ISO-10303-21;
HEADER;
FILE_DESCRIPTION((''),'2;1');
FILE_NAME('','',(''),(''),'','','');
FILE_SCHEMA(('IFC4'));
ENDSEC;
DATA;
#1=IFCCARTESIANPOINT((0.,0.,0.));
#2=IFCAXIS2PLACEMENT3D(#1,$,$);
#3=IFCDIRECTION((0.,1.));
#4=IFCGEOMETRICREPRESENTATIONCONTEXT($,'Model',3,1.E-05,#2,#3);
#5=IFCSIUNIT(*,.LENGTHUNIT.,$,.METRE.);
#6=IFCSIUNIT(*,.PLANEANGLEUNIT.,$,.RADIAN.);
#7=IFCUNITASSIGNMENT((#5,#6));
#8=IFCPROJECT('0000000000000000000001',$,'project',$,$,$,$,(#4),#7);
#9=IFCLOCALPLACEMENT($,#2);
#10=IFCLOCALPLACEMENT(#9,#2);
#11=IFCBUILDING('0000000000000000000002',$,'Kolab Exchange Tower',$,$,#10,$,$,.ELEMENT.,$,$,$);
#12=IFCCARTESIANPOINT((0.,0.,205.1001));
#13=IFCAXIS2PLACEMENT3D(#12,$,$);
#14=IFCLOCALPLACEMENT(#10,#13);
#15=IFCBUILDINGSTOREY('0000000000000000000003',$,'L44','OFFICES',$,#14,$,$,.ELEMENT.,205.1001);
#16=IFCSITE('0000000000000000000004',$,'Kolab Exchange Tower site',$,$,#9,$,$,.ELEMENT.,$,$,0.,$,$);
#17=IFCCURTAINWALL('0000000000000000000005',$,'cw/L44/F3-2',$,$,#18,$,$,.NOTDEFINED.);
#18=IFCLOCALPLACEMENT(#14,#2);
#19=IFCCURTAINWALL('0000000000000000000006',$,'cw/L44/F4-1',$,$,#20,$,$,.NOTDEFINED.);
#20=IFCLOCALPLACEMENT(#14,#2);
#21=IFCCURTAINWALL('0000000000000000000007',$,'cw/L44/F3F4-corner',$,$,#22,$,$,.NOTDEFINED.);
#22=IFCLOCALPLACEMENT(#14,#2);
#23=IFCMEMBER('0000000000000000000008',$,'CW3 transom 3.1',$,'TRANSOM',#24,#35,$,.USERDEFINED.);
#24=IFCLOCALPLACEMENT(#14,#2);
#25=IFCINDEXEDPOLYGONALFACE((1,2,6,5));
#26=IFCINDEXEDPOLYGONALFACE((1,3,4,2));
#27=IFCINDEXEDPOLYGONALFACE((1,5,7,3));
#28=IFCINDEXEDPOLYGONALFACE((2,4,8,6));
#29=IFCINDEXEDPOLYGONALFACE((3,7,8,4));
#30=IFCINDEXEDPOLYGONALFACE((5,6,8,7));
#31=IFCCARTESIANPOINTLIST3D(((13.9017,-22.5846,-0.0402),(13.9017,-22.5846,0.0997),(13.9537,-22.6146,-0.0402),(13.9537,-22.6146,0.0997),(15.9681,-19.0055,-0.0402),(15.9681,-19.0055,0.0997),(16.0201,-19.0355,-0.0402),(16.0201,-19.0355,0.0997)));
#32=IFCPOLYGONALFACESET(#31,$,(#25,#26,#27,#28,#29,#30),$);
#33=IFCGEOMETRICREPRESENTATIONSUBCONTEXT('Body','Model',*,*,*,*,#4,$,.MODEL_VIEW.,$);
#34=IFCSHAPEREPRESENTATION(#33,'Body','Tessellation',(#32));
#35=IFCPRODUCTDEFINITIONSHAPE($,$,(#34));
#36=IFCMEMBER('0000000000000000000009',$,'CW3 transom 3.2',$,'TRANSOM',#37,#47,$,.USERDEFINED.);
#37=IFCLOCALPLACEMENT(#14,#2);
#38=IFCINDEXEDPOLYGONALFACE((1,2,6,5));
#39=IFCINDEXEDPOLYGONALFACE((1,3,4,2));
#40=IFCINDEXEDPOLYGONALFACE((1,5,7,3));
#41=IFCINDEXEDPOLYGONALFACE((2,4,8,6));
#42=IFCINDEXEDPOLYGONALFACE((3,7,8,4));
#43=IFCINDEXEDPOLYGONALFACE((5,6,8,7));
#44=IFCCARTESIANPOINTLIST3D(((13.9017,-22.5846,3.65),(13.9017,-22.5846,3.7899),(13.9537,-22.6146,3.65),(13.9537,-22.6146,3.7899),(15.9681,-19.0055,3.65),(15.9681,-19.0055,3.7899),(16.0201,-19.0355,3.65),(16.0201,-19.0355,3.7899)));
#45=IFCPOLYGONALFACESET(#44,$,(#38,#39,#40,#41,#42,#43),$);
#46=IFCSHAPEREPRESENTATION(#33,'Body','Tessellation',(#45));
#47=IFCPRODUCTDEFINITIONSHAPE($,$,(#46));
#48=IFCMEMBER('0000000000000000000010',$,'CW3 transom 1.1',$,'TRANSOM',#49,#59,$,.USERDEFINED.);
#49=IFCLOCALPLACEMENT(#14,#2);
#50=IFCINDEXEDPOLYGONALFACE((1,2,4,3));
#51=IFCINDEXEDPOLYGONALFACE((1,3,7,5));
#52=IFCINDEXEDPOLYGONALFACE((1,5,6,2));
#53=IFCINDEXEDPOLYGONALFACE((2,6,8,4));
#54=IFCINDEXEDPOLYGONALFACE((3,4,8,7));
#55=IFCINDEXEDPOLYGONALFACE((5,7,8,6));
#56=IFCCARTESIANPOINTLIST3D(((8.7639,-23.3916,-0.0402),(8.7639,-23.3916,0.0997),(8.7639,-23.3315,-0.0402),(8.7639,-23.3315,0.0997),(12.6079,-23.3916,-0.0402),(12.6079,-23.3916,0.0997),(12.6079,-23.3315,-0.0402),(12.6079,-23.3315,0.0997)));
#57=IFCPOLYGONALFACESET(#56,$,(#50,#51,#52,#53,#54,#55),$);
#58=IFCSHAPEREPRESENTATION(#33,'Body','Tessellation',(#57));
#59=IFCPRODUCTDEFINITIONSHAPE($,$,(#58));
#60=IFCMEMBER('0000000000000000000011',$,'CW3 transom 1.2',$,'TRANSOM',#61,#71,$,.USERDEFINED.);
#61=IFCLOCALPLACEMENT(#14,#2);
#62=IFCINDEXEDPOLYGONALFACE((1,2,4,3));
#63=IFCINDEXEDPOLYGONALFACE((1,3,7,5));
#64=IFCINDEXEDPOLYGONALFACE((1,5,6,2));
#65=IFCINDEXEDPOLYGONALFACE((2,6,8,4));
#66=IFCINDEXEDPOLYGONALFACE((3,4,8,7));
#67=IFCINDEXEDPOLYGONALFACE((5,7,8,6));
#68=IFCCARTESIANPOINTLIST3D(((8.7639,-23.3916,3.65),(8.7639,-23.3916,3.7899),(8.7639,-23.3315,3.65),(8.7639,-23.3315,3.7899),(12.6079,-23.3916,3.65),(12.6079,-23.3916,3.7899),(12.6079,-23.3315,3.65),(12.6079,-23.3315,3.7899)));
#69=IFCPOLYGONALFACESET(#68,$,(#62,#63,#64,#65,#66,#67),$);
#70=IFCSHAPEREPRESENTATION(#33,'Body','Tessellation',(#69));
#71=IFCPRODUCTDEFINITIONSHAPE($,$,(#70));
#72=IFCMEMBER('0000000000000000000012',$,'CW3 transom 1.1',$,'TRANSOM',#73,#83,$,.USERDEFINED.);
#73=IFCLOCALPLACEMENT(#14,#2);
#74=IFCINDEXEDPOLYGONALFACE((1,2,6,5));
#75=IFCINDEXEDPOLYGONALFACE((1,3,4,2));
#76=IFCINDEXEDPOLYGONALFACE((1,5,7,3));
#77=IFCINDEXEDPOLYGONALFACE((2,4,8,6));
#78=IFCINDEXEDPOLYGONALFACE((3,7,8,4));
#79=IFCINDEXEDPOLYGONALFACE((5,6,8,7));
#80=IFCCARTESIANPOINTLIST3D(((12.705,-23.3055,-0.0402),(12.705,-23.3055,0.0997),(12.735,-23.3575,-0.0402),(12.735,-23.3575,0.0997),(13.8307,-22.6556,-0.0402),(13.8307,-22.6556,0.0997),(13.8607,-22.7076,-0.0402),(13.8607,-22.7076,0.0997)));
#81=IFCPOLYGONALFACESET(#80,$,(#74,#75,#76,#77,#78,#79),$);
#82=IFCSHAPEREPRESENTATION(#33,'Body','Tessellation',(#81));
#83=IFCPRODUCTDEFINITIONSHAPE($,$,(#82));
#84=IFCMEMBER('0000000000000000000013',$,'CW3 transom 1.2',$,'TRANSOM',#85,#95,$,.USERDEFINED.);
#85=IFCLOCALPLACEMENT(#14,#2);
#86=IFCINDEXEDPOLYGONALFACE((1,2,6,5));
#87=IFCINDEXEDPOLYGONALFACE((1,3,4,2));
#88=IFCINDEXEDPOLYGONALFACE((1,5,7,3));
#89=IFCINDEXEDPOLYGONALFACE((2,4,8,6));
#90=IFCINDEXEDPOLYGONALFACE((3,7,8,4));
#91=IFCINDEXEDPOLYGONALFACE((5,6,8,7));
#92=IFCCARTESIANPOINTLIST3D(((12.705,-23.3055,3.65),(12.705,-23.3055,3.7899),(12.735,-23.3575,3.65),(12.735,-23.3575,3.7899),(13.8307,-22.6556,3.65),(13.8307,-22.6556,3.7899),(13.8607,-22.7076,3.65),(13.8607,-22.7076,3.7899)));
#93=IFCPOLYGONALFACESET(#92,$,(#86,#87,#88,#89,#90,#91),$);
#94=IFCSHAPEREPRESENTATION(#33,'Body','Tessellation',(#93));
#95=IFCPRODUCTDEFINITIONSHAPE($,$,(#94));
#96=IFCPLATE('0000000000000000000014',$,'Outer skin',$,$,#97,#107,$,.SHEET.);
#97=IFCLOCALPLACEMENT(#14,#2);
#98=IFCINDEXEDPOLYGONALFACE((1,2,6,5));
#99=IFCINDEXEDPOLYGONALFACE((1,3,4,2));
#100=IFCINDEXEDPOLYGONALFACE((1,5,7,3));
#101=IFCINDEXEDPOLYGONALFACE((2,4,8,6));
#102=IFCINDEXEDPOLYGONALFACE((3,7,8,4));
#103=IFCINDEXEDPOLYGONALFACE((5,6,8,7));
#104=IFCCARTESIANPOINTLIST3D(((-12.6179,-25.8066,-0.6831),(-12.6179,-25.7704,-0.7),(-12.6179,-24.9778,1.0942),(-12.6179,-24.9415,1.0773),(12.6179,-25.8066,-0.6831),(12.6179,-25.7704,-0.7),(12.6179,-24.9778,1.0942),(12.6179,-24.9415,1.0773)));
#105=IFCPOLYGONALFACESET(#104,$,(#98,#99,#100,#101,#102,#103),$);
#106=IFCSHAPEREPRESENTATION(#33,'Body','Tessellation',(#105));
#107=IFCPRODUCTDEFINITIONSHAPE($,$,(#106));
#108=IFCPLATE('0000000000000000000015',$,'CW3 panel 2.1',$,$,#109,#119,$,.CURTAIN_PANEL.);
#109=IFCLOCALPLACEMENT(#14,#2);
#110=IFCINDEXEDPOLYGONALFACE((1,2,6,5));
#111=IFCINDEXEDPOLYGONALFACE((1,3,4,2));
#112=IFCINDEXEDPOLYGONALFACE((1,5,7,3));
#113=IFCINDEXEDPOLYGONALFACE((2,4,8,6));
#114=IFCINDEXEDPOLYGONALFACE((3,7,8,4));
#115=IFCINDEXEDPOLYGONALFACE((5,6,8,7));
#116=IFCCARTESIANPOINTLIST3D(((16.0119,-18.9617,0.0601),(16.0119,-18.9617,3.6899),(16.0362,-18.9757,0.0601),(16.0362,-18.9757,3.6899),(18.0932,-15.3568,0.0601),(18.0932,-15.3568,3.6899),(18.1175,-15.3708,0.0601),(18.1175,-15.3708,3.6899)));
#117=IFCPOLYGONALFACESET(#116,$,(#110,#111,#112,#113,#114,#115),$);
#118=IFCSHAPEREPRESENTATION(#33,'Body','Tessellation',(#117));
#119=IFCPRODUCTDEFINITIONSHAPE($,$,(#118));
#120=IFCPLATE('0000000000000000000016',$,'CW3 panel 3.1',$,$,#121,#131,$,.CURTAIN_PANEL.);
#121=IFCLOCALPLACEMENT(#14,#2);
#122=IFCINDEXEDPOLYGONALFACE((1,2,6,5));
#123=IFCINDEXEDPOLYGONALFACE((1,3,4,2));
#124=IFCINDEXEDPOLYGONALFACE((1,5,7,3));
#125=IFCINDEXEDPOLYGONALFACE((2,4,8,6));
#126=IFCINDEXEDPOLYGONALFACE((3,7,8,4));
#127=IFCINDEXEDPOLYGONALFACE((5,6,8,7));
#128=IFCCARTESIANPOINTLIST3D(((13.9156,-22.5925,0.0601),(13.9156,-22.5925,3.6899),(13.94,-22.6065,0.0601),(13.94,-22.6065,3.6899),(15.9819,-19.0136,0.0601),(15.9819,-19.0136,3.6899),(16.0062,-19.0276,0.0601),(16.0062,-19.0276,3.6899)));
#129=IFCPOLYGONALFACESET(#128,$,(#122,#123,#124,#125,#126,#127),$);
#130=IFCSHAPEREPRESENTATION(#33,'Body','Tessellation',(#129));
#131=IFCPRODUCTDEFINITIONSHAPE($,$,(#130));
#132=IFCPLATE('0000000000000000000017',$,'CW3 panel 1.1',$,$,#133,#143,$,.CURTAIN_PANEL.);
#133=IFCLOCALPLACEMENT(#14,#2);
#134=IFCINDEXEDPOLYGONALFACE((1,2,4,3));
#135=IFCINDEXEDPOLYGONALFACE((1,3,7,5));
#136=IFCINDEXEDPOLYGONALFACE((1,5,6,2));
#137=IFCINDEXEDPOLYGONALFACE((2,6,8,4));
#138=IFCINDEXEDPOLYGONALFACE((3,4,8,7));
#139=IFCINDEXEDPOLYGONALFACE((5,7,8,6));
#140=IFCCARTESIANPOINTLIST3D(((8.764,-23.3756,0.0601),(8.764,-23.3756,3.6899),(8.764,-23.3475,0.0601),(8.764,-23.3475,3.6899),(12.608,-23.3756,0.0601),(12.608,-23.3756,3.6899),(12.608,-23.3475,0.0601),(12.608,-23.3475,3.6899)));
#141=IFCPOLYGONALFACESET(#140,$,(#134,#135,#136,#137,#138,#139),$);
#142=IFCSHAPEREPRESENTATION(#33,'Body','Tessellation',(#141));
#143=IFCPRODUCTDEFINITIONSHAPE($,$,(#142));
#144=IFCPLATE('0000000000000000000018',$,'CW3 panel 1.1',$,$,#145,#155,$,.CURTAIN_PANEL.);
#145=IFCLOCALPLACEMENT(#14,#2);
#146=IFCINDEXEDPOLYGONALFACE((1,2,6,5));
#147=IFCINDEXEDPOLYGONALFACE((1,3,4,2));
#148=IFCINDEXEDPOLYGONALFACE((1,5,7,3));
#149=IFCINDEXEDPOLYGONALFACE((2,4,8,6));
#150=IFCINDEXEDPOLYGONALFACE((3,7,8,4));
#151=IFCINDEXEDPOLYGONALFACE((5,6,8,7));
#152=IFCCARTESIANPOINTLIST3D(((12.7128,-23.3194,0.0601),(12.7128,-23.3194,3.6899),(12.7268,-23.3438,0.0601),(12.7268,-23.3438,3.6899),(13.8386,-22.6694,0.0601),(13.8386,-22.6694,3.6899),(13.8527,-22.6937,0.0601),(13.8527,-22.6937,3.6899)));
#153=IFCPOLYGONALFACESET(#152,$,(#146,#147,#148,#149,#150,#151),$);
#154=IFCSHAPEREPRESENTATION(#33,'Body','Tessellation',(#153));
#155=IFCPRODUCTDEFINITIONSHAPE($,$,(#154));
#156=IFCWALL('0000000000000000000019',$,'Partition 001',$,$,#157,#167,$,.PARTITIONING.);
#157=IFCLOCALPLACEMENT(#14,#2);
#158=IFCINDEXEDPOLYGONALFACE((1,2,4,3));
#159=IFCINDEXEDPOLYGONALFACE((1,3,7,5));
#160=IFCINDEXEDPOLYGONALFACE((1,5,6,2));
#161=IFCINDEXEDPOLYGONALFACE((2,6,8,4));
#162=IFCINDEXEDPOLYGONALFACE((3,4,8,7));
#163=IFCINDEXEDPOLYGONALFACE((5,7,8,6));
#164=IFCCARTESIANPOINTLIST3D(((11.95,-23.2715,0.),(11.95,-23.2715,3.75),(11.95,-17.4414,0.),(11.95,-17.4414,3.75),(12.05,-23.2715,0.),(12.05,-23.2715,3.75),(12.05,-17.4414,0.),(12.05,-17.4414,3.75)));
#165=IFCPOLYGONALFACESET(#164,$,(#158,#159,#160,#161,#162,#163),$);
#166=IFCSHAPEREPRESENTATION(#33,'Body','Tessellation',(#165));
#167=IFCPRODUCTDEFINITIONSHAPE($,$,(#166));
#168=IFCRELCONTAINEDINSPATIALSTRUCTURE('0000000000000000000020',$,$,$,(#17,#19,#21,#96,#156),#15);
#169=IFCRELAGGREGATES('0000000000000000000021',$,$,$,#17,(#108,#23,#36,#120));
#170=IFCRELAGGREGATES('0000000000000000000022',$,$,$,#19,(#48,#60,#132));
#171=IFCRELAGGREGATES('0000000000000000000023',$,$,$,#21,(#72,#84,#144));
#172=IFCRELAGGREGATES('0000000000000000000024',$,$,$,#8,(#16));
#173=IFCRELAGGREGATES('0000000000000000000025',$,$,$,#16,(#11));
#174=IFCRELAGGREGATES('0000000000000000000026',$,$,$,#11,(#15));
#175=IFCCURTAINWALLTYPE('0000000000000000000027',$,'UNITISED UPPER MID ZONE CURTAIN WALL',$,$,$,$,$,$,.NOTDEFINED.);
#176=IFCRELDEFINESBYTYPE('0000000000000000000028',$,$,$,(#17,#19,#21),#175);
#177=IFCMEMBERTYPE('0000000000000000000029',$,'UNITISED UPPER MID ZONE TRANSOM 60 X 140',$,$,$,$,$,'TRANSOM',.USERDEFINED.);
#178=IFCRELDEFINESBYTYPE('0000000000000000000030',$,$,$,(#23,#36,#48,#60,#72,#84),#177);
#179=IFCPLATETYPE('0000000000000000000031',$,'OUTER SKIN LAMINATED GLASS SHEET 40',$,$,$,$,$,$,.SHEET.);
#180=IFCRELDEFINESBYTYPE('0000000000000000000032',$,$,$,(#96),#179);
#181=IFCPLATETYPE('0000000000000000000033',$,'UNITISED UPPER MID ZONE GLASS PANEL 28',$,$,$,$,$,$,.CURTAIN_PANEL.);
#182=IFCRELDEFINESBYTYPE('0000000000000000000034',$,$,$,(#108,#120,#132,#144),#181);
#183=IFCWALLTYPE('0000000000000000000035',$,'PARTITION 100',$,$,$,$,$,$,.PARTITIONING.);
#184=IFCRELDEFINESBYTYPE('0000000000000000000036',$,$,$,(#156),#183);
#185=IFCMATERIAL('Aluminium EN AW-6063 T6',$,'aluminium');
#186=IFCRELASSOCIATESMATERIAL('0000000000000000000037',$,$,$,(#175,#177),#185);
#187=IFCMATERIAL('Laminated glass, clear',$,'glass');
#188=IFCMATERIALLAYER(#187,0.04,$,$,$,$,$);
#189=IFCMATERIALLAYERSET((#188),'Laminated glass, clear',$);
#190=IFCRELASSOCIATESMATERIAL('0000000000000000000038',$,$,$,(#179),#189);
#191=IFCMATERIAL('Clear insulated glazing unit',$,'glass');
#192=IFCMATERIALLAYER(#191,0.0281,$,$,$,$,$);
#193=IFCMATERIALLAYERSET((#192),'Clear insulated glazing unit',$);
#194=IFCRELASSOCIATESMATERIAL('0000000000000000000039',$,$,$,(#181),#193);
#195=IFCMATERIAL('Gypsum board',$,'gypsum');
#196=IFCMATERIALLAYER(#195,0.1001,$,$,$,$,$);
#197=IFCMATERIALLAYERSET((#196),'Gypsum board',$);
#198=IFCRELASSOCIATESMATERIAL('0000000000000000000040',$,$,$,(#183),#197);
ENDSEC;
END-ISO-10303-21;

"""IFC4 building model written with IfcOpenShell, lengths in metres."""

from ifc_helpers import new_model, si_unit, direction, frame, frame_2d, origin, origin_2d, place, context, subcontext, project, spatial, polyline, rectangle, outline, extrude, material, layer, layer_set, material_profile, profile_set, type_object, element, aggregate, save


model = new_model("IFC4")

# Units and contexts
model_context = context("Model", 3, precision=1e-05, world=origin(), true_north=direction((0.0, 1.0)))
body_context = subcontext(model_context, "Body", "Model", "MODEL_VIEW")
ifc_project = project(units=[si_unit("LENGTHUNIT", "METRE"), si_unit("PLANEANGLEUNIT", "RADIAN")], contexts=[model_context])

# Site, building, storey
site_placement = place(None, origin())
site = spatial("IfcSite", under=ifc_project, at=site_placement, Name="Kolab Exchange Tower site", CompositionType="ELEMENT", RefElevation=0.0)
building_placement = place(site_placement, origin())
building = spatial("IfcBuilding", under=site, at=building_placement, Name="Kolab Exchange Tower", CompositionType="ELEMENT")
storey_placement = place(building_placement, frame((0.0, 0.0, 205.1001)))
storey = spatial("IfcBuildingStorey", under=building, at=storey_placement, Name="L44", Description="OFFICES", CompositionType="ELEMENT", Elevation=205.1001)

# Curtain wall
ifc_material_1 = material(Name="Aluminium EN AW-6063 T6", Category="aluminium")
curtain_wall_type = type_object("IfcCurtainWallType", Name="UNITISED UPPER MID ZONE CURTAIN WALL", PredefinedType="NOTDEFINED", material=ifc_material_1)
curtain_wall_1_placement = place(storey_placement, origin())
curtain_wall_1 = element("IfcCurtainWall", 1, at=curtain_wall_1_placement, inside=storey, type_object=curtain_wall_type, Name="cw/L44/F3-2", PredefinedType="NOTDEFINED")

# Curtain wall
curtain_wall_2_placement = place(storey_placement, origin())
curtain_wall_2 = element("IfcCurtainWall", 2, at=curtain_wall_2_placement, inside=storey, type_object=curtain_wall_type, Name="cw/L44/F4-1", PredefinedType="NOTDEFINED")

# Curtain wall
curtain_wall_3_placement = place(storey_placement, origin())
curtain_wall_3 = element("IfcCurtainWall", 3, at=curtain_wall_3_placement, inside=storey, type_object=curtain_wall_type, Name="cw/L44/F3F4-corner", PredefinedType="NOTDEFINED")

# Members
ifc_material_profile_1 = material_profile(ifc_material_1, rectangle(XDim=0.0601, YDim=0.1399, at=origin_2d()), Name="RECT 60X140")
ifc_profile_set_1 = profile_set([ifc_material_profile_1], Name="Aluminium EN AW-6063 T6")
member_type_1 = type_object("IfcMemberType", Name="UNITISED UPPER MID ZONE TRANSOM 60 X 140", ElementType="TRANSOM", PredefinedType="USERDEFINED", material=ifc_profile_set_1)
member_1_placement = place(storey_placement, frame((15.9941, -19.0205, 0.0298), z_axis=(-0.500002, -0.866024, 0.0), x_axis=(0.866024, -0.500002, 0.0)))
member_1 = element("IfcMember", 4, at=member_1_placement, type_object=member_type_1, Name="CW3 transom 3.1", ObjectType="TRANSOM", PredefinedType="USERDEFINED", context=body_context, shape_type="SweptSolid", body=[
    extrude(rectangle(XDim=0.0601, YDim=0.1399, at=origin_2d()), origin(), (0.0, 0.0, 1.0), 4.1328),
])
member_2_placement = place(storey_placement, frame((15.9941, -19.0205, 3.72), z_axis=(-0.500002, -0.866024, 0.0), x_axis=(0.866024, -0.500002, 0.0)))
member_2 = element("IfcMember", 5, at=member_2_placement, type_object=member_type_1, Name="CW3 transom 3.2", ObjectType="TRANSOM", PredefinedType="USERDEFINED", context=body_context, shape_type="SweptSolid", body=[
    extrude(rectangle(XDim=0.0601, YDim=0.1399, at=origin_2d()), origin(), (0.0, 0.0, 1.0), 4.1328),
])
member_3_placement = place(storey_placement, frame((12.6079, -23.3616, 0.0298), z_axis=(-1.0, 0.0, 0.0), x_axis=(0.0, -1.0, 0.0)))
member_3 = element("IfcMember", 6, at=member_3_placement, type_object=member_type_1, Name="CW3 transom 1.1", ObjectType="TRANSOM", PredefinedType="USERDEFINED", context=body_context, shape_type="SweptSolid", body=[
    extrude(rectangle(XDim=0.0601, YDim=0.1399, at=origin_2d()), origin(), (0.0, 0.0, 1.0), 3.844),
])
member_4_placement = place(storey_placement, frame((12.6079, -23.3616, 3.72), z_axis=(-1.0, 0.0, 0.0), x_axis=(0.0, -1.0, 0.0)))
member_4 = element("IfcMember", 7, at=member_4_placement, type_object=member_type_1, Name="CW3 transom 1.2", ObjectType="TRANSOM", PredefinedType="USERDEFINED", context=body_context, shape_type="SweptSolid", body=[
    extrude(rectangle(XDim=0.0601, YDim=0.1399, at=origin_2d()), origin(), (0.0, 0.0, 1.0), 3.844),
])
member_5_placement = place(storey_placement, frame((13.8457, -22.6816, 0.0298), z_axis=(-0.866039, -0.499977, 0.0), x_axis=(0.499977, -0.866039, 0.0)))
member_5 = element("IfcMember", 8, at=member_5_placement, type_object=member_type_1, Name="CW3 transom 1.1", ObjectType="TRANSOM", PredefinedType="USERDEFINED", context=body_context, shape_type="SweptSolid", body=[
    extrude(rectangle(XDim=0.0601, YDim=0.1399, at=origin_2d()), origin(), (0.0, 0.0, 1.0), 1.2998),
])
member_6_placement = place(storey_placement, frame((13.8457, -22.6816, 3.72), z_axis=(-0.866039, -0.499977, 0.0), x_axis=(0.499977, -0.866039, 0.0)))
member_6 = element("IfcMember", 9, at=member_6_placement, type_object=member_type_1, Name="CW3 transom 1.2", ObjectType="TRANSOM", PredefinedType="USERDEFINED", context=body_context, shape_type="SweptSolid", body=[
    extrude(rectangle(XDim=0.0601, YDim=0.1399, at=origin_2d()), origin(), (0.0, 0.0, 1.0), 1.2998),
])

# Plates
ifc_material_2 = material(Name="Laminated glass, clear", Category="glass")
ifc_layer_1 = layer(ifc_material_2, 0.04)
ifc_layer_set_1 = layer_set([ifc_layer_1], Name="Laminated glass, clear")
plate_type_1 = type_object("IfcPlateType", Name="OUTER SKIN LAMINATED GLASS SHEET 40", PredefinedType="SHEET", material=ifc_layer_set_1)
plate_1_placement = place(storey_placement, frame((12.6179, -25.8066, -0.6831), z_axis=(0.0, -0.906294, 0.422647), x_axis=(-1.0, 0.0, 0.0)))
element("IfcPlate", 10, at=plate_1_placement, inside=storey, type_object=plate_type_1, Name="Outer skin", PredefinedType="SHEET", context=body_context, shape_type="SweptSolid", body=[
    extrude(outline(polyline([(0.0, 0.0), (25.2358, 0.0), (25.2358, -1.9611), (0.0, -1.9611), (0.0, 0.0)])), origin(), (0.0, 0.0, -1.0), 0.04),
])
ifc_material_3 = material(Name="Clear insulated glazing unit", Category="glass")
ifc_layer_2 = layer(ifc_material_3, 0.0281)
ifc_layer_set_2 = layer_set([ifc_layer_2], Name="Clear insulated glazing unit")
plate_type_2 = type_object("IfcPlateType", Name="UNITISED UPPER MID ZONE GLASS PANEL 28", PredefinedType="CURTAIN_PANEL", material=ifc_layer_set_2)
plate_2_placement = place(storey_placement, frame((17.0647, -17.1663, 0.0601), z_axis=(0.0, 0.0, 1.0), x_axis=(-0.5, -0.866025, 0.0)))
plate_2 = element("IfcPlate", 11, at=plate_2_placement, type_object=plate_type_2, Name="CW3 panel 2.1", PredefinedType="CURTAIN_PANEL", context=body_context, shape_type="SweptSolid", body=[
    extrude(rectangle(XDim=4.1626, YDim=0.0281, at=origin_2d()), origin(), (0.0, 0.0, 1.0), 3.6299),
])
plate_3_placement = place(storey_placement, frame((14.9609, -20.8101, 0.0601), z_axis=(0.0, 0.0, 1.0), x_axis=(-0.5, -0.866025, 0.0)))
plate_3 = element("IfcPlate", 12, at=plate_3_placement, type_object=plate_type_2, Name="CW3 panel 3.1", PredefinedType="CURTAIN_PANEL", context=body_context, shape_type="SweptSolid", body=[
    extrude(rectangle(XDim=4.1326, YDim=0.0281, at=origin_2d()), origin(), (0.0, 0.0, 1.0), 3.6299),
])
aggregate(curtain_wall_1, [plate_2, member_1, member_2, plate_3])
plate_4_placement = place(storey_placement, frame((10.686, -23.3616, 0.0601), z_axis=(0.0, 0.0, 1.0), x_axis=(-1.0, 0.0, 0.0)))
plate_4 = element("IfcPlate", 13, at=plate_4_placement, type_object=plate_type_2, Name="CW3 panel 1.1", PredefinedType="CURTAIN_PANEL", context=body_context, shape_type="SweptSolid", body=[
    extrude(rectangle(XDim=3.844, YDim=0.0281, at=origin_2d()), origin(), (0.0, 0.0, 1.0), 3.6299),
])
aggregate(curtain_wall_2, [member_3, member_4, plate_4])
plate_5_placement = place(storey_placement, frame((13.2827, -23.0066, 0.0601), z_axis=(0.0, 0.0, 1.0), x_axis=(-0.866025, -0.5, 0.0)))
plate_5 = element("IfcPlate", 14, at=plate_5_placement, type_object=plate_type_2, Name="CW3 panel 1.1", PredefinedType="CURTAIN_PANEL", context=body_context, shape_type="SweptSolid", body=[
    extrude(rectangle(XDim=1.3, YDim=0.0281, at=origin_2d()), origin(), (0.0, 0.0, 1.0), 3.6299),
])
aggregate(curtain_wall_3, [member_5, member_6, plate_5])

# Wall
ifc_material_4 = material(Name="Gypsum board", Category="gypsum")
ifc_layer_3 = layer(ifc_material_4, 0.1001)
ifc_layer_set_3 = layer_set([ifc_layer_3], Name="Gypsum board")
wall_type = type_object("IfcWallType", Name="PARTITION 100", PredefinedType="PARTITIONING", material=ifc_layer_set_3)
wall_placement = place(storey_placement, frame((12.0, -23.2715, 0.0), z_axis=(0.0, 0.0, 1.0), x_axis=(0.0, 1.0, 0.0)))
element("IfcWall", 15, at=wall_placement, inside=storey, type_object=wall_type, Name="Partition 001", PredefinedType="PARTITIONING", context=body_context, shape_type="SweptSolid", body=[
    extrude(rectangle(XDim=5.8301, YDim=0.1001, at=frame_2d((2.915, 0.0))), origin(), (0.0, 0.0, 1.0), 3.75),
])

save(model, "model.ifc")
